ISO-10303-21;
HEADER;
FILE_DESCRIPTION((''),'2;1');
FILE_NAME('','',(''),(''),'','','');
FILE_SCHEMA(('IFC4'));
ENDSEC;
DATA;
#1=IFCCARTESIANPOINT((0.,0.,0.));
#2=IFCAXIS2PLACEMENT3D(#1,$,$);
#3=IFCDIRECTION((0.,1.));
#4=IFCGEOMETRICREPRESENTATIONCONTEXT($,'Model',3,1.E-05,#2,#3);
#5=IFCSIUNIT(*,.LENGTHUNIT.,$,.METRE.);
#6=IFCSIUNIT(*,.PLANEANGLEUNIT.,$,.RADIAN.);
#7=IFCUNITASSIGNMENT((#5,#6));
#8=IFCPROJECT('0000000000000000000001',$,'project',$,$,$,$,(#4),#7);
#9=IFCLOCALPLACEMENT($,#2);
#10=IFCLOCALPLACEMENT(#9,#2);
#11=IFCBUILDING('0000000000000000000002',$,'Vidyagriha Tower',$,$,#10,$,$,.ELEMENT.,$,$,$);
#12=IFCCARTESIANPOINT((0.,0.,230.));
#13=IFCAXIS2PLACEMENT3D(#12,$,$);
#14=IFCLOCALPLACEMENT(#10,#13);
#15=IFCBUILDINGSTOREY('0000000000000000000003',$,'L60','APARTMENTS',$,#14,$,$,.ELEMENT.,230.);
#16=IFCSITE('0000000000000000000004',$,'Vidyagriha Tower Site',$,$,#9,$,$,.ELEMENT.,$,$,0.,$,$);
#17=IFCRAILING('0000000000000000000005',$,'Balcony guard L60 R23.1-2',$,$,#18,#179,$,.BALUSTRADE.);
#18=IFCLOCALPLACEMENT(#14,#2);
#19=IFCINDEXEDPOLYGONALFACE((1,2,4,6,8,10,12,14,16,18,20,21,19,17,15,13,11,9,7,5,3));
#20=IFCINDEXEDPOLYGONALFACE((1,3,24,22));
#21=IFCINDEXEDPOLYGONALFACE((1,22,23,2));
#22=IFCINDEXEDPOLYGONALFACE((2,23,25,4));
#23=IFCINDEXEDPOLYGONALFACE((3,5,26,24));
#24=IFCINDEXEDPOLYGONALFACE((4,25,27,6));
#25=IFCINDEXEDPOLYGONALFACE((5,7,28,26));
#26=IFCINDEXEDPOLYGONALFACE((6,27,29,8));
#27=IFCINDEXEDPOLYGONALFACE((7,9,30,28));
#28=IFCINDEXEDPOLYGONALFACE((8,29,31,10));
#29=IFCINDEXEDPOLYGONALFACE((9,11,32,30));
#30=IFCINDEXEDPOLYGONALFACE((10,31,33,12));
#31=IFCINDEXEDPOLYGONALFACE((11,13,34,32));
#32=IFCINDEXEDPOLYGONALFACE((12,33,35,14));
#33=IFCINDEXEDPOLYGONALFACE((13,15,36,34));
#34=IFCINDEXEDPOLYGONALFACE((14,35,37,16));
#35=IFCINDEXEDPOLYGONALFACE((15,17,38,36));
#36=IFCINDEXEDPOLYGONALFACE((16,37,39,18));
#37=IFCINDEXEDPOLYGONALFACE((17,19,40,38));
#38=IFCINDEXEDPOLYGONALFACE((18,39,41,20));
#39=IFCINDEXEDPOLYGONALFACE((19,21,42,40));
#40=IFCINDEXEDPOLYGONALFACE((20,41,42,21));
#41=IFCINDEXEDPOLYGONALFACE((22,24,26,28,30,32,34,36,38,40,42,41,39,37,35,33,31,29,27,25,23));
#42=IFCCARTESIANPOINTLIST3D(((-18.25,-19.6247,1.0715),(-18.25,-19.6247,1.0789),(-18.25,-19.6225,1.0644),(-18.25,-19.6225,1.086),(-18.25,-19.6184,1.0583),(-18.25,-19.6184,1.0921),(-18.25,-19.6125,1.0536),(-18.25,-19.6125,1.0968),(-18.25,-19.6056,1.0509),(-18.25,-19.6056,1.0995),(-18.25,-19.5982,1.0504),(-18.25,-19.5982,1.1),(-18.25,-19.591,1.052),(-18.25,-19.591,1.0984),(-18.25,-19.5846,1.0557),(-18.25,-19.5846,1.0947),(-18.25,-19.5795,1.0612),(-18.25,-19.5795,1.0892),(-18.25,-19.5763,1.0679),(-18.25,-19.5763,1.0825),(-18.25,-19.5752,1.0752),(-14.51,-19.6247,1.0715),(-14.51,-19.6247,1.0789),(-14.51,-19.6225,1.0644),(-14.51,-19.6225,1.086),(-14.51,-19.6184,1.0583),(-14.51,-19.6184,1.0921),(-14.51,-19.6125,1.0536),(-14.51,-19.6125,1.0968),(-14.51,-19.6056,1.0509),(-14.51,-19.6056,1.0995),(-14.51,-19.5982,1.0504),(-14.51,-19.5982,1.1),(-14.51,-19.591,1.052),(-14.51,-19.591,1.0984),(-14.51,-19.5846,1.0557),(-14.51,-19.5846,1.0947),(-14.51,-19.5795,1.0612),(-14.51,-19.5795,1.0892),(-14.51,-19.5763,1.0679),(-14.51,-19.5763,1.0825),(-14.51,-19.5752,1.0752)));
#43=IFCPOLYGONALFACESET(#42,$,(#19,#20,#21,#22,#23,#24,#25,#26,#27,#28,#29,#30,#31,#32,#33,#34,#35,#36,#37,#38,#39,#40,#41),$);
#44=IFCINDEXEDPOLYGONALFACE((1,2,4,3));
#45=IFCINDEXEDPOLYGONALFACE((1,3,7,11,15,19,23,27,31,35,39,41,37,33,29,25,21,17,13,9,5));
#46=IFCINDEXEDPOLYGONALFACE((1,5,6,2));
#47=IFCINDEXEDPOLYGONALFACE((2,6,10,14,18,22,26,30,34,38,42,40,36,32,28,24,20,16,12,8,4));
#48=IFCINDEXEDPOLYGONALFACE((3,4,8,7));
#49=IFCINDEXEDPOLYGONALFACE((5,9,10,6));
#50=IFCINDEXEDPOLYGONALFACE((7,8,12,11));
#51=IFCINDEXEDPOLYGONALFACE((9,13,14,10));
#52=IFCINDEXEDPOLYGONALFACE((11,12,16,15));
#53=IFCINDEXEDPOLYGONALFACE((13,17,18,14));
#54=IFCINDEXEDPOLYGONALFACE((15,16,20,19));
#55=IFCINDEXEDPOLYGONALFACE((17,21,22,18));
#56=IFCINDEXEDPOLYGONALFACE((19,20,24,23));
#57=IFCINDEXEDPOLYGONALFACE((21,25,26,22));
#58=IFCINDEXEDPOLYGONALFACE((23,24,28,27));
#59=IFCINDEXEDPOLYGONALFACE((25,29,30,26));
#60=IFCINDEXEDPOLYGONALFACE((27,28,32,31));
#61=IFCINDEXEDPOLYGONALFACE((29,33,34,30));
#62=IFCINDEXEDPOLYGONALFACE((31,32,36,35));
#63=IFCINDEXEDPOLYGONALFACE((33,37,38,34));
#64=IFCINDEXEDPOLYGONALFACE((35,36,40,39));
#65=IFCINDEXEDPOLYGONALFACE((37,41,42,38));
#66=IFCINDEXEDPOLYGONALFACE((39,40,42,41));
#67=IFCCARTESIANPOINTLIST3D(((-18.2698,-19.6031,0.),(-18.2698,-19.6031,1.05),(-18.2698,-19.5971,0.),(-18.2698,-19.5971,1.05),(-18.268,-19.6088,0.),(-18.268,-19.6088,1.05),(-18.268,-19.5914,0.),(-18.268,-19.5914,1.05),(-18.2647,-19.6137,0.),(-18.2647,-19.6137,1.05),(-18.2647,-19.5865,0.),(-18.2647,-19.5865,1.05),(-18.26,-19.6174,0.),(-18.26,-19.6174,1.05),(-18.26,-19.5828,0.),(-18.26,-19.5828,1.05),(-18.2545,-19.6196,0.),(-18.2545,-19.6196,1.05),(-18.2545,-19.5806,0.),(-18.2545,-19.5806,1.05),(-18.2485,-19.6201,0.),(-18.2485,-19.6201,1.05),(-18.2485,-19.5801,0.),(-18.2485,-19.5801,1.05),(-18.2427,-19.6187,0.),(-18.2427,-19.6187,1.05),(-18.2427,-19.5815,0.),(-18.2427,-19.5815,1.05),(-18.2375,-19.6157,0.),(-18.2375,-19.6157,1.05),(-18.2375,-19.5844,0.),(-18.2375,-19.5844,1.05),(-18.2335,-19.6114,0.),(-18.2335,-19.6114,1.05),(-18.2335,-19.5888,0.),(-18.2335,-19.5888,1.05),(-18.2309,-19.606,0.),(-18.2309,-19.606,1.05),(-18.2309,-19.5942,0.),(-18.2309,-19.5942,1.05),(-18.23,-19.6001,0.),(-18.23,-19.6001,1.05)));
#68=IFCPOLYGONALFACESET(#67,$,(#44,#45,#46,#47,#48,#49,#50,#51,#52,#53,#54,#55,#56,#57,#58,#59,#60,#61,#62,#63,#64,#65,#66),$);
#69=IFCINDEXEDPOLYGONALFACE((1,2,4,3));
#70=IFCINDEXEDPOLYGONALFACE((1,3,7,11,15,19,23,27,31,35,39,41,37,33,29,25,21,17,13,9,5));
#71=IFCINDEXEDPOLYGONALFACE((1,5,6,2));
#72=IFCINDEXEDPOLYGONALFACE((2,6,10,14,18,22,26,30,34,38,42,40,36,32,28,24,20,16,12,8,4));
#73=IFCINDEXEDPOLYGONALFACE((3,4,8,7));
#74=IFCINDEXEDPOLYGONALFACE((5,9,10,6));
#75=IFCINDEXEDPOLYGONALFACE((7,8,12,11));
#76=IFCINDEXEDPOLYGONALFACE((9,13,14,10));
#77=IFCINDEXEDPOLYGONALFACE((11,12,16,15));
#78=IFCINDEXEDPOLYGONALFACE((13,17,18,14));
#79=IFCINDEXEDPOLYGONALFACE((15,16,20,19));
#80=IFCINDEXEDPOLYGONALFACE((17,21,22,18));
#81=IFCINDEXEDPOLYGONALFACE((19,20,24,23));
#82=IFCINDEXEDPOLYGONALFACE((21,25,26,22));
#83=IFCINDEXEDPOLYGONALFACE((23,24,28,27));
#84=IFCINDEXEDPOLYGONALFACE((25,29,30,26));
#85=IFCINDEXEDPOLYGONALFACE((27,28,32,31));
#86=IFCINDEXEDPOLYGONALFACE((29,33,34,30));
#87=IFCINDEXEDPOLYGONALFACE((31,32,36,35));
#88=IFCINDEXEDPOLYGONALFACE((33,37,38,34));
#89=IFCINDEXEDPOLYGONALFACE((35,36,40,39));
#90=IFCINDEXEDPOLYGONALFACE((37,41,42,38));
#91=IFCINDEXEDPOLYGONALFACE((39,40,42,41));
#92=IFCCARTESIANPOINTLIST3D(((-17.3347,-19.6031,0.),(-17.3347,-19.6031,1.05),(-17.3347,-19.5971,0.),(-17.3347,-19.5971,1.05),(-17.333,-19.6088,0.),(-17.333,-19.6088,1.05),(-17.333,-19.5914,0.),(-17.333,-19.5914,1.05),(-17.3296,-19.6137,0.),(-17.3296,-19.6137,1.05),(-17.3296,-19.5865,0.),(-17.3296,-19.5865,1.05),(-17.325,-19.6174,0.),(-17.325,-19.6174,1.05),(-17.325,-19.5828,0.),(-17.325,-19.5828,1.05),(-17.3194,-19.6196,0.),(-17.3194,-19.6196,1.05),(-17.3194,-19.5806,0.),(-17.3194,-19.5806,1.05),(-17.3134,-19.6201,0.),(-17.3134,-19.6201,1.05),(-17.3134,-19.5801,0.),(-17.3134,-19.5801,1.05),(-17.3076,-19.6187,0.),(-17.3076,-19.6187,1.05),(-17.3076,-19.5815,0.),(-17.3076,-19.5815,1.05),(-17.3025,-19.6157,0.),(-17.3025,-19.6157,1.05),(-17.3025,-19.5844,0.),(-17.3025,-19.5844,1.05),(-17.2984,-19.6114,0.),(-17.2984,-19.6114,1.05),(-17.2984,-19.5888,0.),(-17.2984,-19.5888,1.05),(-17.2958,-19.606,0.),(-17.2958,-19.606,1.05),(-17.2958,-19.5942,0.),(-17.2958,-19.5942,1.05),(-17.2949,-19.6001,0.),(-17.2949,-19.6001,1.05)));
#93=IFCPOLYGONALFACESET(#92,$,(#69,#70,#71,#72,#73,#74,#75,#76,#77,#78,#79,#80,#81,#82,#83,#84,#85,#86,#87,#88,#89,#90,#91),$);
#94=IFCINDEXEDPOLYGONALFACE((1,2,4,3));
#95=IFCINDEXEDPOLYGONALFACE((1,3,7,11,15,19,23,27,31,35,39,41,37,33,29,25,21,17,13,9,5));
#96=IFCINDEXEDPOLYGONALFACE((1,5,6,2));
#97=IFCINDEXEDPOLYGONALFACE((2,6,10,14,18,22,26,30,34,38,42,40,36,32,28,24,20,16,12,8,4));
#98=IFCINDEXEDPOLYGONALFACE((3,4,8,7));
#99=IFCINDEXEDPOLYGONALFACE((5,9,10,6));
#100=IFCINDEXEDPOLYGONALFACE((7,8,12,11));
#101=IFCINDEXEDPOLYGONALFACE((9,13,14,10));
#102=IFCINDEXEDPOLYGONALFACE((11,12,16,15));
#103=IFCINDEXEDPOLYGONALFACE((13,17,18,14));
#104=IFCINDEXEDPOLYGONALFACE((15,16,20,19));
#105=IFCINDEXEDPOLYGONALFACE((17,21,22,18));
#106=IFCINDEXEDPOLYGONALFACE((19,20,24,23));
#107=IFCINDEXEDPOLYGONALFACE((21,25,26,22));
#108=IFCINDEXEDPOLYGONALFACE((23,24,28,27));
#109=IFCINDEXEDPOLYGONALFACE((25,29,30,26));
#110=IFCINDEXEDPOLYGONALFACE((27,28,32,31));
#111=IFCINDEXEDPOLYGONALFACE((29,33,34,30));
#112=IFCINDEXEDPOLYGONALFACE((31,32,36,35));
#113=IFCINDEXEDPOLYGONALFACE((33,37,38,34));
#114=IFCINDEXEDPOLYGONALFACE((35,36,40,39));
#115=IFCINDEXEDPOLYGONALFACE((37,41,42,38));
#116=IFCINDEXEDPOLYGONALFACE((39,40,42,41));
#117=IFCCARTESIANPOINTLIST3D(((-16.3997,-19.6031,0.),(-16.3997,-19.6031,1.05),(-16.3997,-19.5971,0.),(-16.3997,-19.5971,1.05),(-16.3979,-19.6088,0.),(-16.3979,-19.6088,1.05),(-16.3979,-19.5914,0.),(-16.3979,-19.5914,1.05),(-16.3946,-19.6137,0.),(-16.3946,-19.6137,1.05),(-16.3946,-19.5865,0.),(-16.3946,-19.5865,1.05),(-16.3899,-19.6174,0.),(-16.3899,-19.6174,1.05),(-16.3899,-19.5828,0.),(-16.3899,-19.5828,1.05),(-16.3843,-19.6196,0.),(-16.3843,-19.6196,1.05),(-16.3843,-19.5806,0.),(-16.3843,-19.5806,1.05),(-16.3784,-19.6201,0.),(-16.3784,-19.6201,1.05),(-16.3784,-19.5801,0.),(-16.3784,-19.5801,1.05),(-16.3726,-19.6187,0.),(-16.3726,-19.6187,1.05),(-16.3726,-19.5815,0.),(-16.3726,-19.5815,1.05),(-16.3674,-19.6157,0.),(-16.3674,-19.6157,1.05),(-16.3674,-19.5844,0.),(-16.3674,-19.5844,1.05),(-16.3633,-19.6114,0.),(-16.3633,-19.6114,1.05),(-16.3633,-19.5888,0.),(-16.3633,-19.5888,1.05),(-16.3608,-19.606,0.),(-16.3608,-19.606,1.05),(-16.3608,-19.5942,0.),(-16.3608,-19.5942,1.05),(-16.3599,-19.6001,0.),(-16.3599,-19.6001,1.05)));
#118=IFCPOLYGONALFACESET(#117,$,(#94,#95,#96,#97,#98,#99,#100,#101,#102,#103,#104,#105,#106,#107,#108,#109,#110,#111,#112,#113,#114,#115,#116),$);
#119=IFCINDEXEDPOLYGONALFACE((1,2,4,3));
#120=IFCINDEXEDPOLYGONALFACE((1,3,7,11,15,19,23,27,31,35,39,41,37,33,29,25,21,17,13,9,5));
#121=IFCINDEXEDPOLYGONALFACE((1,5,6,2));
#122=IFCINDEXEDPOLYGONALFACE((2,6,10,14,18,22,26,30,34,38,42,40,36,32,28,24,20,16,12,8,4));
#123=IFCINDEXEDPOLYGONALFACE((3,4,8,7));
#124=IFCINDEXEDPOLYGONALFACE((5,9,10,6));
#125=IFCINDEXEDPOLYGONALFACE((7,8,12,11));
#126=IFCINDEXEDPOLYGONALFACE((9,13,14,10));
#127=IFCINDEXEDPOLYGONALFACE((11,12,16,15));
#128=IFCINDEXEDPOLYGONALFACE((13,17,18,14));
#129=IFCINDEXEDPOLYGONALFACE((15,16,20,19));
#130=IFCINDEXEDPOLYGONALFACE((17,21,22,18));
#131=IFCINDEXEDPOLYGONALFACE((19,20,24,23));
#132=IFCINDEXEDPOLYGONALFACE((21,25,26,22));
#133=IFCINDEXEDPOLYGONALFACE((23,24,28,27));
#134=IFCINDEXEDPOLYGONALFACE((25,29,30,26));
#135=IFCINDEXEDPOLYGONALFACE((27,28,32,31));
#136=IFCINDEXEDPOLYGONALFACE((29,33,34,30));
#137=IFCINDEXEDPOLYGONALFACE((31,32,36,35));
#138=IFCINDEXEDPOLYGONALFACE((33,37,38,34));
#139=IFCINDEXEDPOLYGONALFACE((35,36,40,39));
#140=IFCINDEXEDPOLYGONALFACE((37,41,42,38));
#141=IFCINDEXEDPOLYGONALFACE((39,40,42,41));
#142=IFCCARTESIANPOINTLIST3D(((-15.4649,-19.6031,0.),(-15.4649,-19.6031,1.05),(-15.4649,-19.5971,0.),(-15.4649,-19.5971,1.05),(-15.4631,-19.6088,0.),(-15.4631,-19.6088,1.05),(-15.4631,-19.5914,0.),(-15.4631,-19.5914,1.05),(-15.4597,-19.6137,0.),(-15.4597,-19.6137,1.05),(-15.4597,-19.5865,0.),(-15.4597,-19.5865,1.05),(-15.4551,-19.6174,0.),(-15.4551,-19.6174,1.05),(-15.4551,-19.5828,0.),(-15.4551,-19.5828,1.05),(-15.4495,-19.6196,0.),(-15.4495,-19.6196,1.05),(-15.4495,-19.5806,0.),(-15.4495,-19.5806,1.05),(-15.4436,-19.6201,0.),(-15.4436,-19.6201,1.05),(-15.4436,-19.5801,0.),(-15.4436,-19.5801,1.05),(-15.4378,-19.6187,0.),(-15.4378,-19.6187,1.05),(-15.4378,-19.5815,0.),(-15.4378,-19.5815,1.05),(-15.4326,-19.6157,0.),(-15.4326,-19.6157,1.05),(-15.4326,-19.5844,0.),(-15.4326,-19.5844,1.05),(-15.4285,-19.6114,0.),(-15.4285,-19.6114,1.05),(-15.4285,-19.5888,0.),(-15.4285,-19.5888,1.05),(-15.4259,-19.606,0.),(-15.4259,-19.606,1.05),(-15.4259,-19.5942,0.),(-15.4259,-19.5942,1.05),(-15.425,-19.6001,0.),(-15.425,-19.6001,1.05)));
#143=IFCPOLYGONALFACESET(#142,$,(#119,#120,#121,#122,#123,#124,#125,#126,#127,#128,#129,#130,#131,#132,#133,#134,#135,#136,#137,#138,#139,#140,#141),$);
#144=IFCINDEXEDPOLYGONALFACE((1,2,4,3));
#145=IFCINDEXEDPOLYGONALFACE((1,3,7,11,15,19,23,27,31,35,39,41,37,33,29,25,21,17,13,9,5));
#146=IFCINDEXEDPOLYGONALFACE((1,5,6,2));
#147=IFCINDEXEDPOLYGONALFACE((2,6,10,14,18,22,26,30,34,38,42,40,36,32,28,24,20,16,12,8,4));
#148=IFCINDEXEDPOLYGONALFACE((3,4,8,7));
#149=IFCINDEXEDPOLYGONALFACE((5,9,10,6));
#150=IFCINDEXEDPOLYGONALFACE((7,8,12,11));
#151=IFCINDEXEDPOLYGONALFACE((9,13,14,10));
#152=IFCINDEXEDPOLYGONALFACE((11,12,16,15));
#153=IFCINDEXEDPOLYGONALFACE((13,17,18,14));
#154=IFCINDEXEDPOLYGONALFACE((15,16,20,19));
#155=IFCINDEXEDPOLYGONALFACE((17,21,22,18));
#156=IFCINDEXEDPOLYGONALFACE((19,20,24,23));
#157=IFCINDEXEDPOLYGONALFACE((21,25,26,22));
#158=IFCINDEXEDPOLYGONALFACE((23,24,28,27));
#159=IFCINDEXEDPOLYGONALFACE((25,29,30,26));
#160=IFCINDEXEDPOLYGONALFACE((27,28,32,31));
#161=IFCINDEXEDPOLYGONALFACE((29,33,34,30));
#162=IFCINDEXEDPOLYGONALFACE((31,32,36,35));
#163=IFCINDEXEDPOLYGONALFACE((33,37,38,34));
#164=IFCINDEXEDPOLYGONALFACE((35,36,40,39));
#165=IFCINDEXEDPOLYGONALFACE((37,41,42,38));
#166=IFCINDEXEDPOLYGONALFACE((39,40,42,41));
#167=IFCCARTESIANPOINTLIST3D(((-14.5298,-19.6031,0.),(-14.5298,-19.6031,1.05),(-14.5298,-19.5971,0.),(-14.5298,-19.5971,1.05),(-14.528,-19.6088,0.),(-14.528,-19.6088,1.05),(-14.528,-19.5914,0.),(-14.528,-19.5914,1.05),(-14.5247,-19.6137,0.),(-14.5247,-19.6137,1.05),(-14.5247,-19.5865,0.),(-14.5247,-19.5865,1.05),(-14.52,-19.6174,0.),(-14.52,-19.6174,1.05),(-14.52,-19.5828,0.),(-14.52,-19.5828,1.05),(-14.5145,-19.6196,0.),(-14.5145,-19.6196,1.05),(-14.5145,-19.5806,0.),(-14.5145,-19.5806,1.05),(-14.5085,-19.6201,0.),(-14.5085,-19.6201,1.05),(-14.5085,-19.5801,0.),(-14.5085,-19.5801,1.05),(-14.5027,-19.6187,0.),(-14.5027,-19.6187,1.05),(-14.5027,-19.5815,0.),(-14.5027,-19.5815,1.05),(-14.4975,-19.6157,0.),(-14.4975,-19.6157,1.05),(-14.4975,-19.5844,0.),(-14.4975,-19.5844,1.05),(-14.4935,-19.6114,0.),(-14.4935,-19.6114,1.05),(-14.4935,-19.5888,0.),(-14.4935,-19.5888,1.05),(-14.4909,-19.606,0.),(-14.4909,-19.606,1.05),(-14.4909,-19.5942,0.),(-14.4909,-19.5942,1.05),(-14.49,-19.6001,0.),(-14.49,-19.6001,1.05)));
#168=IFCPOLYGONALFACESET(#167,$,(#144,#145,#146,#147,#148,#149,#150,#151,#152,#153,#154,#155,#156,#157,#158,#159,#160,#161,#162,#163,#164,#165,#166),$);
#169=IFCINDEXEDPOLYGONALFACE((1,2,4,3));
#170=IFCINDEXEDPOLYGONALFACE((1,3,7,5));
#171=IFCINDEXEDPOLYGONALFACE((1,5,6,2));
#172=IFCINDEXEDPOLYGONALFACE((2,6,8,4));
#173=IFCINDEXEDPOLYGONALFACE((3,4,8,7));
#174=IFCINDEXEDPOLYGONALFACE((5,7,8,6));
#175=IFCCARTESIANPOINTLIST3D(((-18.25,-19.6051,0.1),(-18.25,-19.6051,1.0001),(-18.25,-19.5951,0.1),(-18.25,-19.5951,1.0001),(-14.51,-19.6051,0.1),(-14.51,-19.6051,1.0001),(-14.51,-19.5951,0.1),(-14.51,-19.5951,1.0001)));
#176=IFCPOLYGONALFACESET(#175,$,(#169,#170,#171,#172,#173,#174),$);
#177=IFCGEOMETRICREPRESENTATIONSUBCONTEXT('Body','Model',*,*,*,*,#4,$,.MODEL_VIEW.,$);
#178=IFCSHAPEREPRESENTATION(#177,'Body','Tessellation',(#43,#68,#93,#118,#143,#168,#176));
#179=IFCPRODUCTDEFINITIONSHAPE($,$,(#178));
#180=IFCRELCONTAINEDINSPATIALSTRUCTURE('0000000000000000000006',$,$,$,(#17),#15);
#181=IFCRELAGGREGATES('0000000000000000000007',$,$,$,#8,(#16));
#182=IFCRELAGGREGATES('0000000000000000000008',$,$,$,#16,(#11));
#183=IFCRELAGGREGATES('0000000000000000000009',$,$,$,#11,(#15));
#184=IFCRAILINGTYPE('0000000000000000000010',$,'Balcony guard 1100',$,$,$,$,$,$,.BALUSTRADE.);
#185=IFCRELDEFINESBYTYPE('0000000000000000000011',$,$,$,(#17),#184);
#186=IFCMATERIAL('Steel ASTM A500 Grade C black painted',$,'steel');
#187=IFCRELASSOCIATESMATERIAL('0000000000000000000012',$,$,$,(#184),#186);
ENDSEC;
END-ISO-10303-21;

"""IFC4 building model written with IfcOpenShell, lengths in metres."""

from ifc_helpers import new_model, si_unit, direction, frame, origin, origin_2d, place, context, subcontext, project, spatial, rectangle, circle, extrude, material, type_object, element, save


model = new_model("IFC4")

# Units and contexts
model_context = context("Model", 3, precision=1e-05, world=origin(), true_north=direction((0.0, 1.0)))
body_context = subcontext(model_context, "Body", "Model", "MODEL_VIEW")
ifc_project = project(units=[si_unit("LENGTHUNIT", "METRE"), si_unit("PLANEANGLEUNIT", "RADIAN")], contexts=[model_context])

# Site, building, storey
site_placement = place(None, origin())
site = spatial("IfcSite", under=ifc_project, at=site_placement, Name="Vidyagriha Tower Site", CompositionType="ELEMENT", RefElevation=0.0)
building_placement = place(site_placement, origin())
building = spatial("IfcBuilding", under=site, at=building_placement, Name="Vidyagriha Tower", CompositionType="ELEMENT")
storey_placement = place(building_placement, frame((0.0, 0.0, 230.0)))
storey = spatial("IfcBuildingStorey", under=building, at=storey_placement, Name="L60", Description="APARTMENTS", CompositionType="ELEMENT", Elevation=230.0)

# Railing
ifc_material_1 = material(Name="Steel ASTM A500 Grade C black painted", Category="steel")
railing_type = type_object("IfcRailingType", Name="Balcony guard 1100", PredefinedType="BALUSTRADE", material=ifc_material_1)
railing_1_placement = place(storey_placement, frame((-18.25, -19.6001, 0.0)))
element("IfcRailing", 1, at=railing_1_placement, inside=storey, type_object=railing_type, Name="Balcony guard L60 R23.1-2", PredefinedType="BALUSTRADE", context=body_context, shape_type="SweptSolid", body=[
    extrude(circle(Radius=0.0249, at=origin_2d()), frame((0.0, 0.0, 1.0752), z_axis=(1.0, 0.0, 0.0), x_axis=(0.0, 1.0, 0.0)), (0.0, 0.0, 1.0), 3.74),
    extrude(circle(Radius=0.02, at=origin_2d()), origin(), (0.0, 0.0, 1.0), 1.05),
    extrude(circle(Radius=0.02, at=origin_2d()), frame((0.9351, 0.0, 0.0)), (0.0, 0.0, 1.0), 1.05),
    extrude(circle(Radius=0.02, at=origin_2d()), frame((1.8701, 0.0, 0.0)), (0.0, 0.0, 1.0), 1.05),
    extrude(circle(Radius=0.02, at=origin_2d()), frame((2.8049, 0.0, 0.0)), (0.0, 0.0, 1.0), 1.05),
    extrude(circle(Radius=0.02, at=origin_2d()), frame((3.74, 0.0, 0.0)), (0.0, 0.0, 1.0), 1.05),
    extrude(rectangle(XDim=0.01, YDim=0.9001, at=origin_2d()), frame((0.0, 0.0, 0.55), z_axis=(1.0, 0.0, 0.0), x_axis=(0.0, 1.0, 0.0)), (0.0, 0.0, 1.0), 3.74),
])

save(model, "model.ifc")
